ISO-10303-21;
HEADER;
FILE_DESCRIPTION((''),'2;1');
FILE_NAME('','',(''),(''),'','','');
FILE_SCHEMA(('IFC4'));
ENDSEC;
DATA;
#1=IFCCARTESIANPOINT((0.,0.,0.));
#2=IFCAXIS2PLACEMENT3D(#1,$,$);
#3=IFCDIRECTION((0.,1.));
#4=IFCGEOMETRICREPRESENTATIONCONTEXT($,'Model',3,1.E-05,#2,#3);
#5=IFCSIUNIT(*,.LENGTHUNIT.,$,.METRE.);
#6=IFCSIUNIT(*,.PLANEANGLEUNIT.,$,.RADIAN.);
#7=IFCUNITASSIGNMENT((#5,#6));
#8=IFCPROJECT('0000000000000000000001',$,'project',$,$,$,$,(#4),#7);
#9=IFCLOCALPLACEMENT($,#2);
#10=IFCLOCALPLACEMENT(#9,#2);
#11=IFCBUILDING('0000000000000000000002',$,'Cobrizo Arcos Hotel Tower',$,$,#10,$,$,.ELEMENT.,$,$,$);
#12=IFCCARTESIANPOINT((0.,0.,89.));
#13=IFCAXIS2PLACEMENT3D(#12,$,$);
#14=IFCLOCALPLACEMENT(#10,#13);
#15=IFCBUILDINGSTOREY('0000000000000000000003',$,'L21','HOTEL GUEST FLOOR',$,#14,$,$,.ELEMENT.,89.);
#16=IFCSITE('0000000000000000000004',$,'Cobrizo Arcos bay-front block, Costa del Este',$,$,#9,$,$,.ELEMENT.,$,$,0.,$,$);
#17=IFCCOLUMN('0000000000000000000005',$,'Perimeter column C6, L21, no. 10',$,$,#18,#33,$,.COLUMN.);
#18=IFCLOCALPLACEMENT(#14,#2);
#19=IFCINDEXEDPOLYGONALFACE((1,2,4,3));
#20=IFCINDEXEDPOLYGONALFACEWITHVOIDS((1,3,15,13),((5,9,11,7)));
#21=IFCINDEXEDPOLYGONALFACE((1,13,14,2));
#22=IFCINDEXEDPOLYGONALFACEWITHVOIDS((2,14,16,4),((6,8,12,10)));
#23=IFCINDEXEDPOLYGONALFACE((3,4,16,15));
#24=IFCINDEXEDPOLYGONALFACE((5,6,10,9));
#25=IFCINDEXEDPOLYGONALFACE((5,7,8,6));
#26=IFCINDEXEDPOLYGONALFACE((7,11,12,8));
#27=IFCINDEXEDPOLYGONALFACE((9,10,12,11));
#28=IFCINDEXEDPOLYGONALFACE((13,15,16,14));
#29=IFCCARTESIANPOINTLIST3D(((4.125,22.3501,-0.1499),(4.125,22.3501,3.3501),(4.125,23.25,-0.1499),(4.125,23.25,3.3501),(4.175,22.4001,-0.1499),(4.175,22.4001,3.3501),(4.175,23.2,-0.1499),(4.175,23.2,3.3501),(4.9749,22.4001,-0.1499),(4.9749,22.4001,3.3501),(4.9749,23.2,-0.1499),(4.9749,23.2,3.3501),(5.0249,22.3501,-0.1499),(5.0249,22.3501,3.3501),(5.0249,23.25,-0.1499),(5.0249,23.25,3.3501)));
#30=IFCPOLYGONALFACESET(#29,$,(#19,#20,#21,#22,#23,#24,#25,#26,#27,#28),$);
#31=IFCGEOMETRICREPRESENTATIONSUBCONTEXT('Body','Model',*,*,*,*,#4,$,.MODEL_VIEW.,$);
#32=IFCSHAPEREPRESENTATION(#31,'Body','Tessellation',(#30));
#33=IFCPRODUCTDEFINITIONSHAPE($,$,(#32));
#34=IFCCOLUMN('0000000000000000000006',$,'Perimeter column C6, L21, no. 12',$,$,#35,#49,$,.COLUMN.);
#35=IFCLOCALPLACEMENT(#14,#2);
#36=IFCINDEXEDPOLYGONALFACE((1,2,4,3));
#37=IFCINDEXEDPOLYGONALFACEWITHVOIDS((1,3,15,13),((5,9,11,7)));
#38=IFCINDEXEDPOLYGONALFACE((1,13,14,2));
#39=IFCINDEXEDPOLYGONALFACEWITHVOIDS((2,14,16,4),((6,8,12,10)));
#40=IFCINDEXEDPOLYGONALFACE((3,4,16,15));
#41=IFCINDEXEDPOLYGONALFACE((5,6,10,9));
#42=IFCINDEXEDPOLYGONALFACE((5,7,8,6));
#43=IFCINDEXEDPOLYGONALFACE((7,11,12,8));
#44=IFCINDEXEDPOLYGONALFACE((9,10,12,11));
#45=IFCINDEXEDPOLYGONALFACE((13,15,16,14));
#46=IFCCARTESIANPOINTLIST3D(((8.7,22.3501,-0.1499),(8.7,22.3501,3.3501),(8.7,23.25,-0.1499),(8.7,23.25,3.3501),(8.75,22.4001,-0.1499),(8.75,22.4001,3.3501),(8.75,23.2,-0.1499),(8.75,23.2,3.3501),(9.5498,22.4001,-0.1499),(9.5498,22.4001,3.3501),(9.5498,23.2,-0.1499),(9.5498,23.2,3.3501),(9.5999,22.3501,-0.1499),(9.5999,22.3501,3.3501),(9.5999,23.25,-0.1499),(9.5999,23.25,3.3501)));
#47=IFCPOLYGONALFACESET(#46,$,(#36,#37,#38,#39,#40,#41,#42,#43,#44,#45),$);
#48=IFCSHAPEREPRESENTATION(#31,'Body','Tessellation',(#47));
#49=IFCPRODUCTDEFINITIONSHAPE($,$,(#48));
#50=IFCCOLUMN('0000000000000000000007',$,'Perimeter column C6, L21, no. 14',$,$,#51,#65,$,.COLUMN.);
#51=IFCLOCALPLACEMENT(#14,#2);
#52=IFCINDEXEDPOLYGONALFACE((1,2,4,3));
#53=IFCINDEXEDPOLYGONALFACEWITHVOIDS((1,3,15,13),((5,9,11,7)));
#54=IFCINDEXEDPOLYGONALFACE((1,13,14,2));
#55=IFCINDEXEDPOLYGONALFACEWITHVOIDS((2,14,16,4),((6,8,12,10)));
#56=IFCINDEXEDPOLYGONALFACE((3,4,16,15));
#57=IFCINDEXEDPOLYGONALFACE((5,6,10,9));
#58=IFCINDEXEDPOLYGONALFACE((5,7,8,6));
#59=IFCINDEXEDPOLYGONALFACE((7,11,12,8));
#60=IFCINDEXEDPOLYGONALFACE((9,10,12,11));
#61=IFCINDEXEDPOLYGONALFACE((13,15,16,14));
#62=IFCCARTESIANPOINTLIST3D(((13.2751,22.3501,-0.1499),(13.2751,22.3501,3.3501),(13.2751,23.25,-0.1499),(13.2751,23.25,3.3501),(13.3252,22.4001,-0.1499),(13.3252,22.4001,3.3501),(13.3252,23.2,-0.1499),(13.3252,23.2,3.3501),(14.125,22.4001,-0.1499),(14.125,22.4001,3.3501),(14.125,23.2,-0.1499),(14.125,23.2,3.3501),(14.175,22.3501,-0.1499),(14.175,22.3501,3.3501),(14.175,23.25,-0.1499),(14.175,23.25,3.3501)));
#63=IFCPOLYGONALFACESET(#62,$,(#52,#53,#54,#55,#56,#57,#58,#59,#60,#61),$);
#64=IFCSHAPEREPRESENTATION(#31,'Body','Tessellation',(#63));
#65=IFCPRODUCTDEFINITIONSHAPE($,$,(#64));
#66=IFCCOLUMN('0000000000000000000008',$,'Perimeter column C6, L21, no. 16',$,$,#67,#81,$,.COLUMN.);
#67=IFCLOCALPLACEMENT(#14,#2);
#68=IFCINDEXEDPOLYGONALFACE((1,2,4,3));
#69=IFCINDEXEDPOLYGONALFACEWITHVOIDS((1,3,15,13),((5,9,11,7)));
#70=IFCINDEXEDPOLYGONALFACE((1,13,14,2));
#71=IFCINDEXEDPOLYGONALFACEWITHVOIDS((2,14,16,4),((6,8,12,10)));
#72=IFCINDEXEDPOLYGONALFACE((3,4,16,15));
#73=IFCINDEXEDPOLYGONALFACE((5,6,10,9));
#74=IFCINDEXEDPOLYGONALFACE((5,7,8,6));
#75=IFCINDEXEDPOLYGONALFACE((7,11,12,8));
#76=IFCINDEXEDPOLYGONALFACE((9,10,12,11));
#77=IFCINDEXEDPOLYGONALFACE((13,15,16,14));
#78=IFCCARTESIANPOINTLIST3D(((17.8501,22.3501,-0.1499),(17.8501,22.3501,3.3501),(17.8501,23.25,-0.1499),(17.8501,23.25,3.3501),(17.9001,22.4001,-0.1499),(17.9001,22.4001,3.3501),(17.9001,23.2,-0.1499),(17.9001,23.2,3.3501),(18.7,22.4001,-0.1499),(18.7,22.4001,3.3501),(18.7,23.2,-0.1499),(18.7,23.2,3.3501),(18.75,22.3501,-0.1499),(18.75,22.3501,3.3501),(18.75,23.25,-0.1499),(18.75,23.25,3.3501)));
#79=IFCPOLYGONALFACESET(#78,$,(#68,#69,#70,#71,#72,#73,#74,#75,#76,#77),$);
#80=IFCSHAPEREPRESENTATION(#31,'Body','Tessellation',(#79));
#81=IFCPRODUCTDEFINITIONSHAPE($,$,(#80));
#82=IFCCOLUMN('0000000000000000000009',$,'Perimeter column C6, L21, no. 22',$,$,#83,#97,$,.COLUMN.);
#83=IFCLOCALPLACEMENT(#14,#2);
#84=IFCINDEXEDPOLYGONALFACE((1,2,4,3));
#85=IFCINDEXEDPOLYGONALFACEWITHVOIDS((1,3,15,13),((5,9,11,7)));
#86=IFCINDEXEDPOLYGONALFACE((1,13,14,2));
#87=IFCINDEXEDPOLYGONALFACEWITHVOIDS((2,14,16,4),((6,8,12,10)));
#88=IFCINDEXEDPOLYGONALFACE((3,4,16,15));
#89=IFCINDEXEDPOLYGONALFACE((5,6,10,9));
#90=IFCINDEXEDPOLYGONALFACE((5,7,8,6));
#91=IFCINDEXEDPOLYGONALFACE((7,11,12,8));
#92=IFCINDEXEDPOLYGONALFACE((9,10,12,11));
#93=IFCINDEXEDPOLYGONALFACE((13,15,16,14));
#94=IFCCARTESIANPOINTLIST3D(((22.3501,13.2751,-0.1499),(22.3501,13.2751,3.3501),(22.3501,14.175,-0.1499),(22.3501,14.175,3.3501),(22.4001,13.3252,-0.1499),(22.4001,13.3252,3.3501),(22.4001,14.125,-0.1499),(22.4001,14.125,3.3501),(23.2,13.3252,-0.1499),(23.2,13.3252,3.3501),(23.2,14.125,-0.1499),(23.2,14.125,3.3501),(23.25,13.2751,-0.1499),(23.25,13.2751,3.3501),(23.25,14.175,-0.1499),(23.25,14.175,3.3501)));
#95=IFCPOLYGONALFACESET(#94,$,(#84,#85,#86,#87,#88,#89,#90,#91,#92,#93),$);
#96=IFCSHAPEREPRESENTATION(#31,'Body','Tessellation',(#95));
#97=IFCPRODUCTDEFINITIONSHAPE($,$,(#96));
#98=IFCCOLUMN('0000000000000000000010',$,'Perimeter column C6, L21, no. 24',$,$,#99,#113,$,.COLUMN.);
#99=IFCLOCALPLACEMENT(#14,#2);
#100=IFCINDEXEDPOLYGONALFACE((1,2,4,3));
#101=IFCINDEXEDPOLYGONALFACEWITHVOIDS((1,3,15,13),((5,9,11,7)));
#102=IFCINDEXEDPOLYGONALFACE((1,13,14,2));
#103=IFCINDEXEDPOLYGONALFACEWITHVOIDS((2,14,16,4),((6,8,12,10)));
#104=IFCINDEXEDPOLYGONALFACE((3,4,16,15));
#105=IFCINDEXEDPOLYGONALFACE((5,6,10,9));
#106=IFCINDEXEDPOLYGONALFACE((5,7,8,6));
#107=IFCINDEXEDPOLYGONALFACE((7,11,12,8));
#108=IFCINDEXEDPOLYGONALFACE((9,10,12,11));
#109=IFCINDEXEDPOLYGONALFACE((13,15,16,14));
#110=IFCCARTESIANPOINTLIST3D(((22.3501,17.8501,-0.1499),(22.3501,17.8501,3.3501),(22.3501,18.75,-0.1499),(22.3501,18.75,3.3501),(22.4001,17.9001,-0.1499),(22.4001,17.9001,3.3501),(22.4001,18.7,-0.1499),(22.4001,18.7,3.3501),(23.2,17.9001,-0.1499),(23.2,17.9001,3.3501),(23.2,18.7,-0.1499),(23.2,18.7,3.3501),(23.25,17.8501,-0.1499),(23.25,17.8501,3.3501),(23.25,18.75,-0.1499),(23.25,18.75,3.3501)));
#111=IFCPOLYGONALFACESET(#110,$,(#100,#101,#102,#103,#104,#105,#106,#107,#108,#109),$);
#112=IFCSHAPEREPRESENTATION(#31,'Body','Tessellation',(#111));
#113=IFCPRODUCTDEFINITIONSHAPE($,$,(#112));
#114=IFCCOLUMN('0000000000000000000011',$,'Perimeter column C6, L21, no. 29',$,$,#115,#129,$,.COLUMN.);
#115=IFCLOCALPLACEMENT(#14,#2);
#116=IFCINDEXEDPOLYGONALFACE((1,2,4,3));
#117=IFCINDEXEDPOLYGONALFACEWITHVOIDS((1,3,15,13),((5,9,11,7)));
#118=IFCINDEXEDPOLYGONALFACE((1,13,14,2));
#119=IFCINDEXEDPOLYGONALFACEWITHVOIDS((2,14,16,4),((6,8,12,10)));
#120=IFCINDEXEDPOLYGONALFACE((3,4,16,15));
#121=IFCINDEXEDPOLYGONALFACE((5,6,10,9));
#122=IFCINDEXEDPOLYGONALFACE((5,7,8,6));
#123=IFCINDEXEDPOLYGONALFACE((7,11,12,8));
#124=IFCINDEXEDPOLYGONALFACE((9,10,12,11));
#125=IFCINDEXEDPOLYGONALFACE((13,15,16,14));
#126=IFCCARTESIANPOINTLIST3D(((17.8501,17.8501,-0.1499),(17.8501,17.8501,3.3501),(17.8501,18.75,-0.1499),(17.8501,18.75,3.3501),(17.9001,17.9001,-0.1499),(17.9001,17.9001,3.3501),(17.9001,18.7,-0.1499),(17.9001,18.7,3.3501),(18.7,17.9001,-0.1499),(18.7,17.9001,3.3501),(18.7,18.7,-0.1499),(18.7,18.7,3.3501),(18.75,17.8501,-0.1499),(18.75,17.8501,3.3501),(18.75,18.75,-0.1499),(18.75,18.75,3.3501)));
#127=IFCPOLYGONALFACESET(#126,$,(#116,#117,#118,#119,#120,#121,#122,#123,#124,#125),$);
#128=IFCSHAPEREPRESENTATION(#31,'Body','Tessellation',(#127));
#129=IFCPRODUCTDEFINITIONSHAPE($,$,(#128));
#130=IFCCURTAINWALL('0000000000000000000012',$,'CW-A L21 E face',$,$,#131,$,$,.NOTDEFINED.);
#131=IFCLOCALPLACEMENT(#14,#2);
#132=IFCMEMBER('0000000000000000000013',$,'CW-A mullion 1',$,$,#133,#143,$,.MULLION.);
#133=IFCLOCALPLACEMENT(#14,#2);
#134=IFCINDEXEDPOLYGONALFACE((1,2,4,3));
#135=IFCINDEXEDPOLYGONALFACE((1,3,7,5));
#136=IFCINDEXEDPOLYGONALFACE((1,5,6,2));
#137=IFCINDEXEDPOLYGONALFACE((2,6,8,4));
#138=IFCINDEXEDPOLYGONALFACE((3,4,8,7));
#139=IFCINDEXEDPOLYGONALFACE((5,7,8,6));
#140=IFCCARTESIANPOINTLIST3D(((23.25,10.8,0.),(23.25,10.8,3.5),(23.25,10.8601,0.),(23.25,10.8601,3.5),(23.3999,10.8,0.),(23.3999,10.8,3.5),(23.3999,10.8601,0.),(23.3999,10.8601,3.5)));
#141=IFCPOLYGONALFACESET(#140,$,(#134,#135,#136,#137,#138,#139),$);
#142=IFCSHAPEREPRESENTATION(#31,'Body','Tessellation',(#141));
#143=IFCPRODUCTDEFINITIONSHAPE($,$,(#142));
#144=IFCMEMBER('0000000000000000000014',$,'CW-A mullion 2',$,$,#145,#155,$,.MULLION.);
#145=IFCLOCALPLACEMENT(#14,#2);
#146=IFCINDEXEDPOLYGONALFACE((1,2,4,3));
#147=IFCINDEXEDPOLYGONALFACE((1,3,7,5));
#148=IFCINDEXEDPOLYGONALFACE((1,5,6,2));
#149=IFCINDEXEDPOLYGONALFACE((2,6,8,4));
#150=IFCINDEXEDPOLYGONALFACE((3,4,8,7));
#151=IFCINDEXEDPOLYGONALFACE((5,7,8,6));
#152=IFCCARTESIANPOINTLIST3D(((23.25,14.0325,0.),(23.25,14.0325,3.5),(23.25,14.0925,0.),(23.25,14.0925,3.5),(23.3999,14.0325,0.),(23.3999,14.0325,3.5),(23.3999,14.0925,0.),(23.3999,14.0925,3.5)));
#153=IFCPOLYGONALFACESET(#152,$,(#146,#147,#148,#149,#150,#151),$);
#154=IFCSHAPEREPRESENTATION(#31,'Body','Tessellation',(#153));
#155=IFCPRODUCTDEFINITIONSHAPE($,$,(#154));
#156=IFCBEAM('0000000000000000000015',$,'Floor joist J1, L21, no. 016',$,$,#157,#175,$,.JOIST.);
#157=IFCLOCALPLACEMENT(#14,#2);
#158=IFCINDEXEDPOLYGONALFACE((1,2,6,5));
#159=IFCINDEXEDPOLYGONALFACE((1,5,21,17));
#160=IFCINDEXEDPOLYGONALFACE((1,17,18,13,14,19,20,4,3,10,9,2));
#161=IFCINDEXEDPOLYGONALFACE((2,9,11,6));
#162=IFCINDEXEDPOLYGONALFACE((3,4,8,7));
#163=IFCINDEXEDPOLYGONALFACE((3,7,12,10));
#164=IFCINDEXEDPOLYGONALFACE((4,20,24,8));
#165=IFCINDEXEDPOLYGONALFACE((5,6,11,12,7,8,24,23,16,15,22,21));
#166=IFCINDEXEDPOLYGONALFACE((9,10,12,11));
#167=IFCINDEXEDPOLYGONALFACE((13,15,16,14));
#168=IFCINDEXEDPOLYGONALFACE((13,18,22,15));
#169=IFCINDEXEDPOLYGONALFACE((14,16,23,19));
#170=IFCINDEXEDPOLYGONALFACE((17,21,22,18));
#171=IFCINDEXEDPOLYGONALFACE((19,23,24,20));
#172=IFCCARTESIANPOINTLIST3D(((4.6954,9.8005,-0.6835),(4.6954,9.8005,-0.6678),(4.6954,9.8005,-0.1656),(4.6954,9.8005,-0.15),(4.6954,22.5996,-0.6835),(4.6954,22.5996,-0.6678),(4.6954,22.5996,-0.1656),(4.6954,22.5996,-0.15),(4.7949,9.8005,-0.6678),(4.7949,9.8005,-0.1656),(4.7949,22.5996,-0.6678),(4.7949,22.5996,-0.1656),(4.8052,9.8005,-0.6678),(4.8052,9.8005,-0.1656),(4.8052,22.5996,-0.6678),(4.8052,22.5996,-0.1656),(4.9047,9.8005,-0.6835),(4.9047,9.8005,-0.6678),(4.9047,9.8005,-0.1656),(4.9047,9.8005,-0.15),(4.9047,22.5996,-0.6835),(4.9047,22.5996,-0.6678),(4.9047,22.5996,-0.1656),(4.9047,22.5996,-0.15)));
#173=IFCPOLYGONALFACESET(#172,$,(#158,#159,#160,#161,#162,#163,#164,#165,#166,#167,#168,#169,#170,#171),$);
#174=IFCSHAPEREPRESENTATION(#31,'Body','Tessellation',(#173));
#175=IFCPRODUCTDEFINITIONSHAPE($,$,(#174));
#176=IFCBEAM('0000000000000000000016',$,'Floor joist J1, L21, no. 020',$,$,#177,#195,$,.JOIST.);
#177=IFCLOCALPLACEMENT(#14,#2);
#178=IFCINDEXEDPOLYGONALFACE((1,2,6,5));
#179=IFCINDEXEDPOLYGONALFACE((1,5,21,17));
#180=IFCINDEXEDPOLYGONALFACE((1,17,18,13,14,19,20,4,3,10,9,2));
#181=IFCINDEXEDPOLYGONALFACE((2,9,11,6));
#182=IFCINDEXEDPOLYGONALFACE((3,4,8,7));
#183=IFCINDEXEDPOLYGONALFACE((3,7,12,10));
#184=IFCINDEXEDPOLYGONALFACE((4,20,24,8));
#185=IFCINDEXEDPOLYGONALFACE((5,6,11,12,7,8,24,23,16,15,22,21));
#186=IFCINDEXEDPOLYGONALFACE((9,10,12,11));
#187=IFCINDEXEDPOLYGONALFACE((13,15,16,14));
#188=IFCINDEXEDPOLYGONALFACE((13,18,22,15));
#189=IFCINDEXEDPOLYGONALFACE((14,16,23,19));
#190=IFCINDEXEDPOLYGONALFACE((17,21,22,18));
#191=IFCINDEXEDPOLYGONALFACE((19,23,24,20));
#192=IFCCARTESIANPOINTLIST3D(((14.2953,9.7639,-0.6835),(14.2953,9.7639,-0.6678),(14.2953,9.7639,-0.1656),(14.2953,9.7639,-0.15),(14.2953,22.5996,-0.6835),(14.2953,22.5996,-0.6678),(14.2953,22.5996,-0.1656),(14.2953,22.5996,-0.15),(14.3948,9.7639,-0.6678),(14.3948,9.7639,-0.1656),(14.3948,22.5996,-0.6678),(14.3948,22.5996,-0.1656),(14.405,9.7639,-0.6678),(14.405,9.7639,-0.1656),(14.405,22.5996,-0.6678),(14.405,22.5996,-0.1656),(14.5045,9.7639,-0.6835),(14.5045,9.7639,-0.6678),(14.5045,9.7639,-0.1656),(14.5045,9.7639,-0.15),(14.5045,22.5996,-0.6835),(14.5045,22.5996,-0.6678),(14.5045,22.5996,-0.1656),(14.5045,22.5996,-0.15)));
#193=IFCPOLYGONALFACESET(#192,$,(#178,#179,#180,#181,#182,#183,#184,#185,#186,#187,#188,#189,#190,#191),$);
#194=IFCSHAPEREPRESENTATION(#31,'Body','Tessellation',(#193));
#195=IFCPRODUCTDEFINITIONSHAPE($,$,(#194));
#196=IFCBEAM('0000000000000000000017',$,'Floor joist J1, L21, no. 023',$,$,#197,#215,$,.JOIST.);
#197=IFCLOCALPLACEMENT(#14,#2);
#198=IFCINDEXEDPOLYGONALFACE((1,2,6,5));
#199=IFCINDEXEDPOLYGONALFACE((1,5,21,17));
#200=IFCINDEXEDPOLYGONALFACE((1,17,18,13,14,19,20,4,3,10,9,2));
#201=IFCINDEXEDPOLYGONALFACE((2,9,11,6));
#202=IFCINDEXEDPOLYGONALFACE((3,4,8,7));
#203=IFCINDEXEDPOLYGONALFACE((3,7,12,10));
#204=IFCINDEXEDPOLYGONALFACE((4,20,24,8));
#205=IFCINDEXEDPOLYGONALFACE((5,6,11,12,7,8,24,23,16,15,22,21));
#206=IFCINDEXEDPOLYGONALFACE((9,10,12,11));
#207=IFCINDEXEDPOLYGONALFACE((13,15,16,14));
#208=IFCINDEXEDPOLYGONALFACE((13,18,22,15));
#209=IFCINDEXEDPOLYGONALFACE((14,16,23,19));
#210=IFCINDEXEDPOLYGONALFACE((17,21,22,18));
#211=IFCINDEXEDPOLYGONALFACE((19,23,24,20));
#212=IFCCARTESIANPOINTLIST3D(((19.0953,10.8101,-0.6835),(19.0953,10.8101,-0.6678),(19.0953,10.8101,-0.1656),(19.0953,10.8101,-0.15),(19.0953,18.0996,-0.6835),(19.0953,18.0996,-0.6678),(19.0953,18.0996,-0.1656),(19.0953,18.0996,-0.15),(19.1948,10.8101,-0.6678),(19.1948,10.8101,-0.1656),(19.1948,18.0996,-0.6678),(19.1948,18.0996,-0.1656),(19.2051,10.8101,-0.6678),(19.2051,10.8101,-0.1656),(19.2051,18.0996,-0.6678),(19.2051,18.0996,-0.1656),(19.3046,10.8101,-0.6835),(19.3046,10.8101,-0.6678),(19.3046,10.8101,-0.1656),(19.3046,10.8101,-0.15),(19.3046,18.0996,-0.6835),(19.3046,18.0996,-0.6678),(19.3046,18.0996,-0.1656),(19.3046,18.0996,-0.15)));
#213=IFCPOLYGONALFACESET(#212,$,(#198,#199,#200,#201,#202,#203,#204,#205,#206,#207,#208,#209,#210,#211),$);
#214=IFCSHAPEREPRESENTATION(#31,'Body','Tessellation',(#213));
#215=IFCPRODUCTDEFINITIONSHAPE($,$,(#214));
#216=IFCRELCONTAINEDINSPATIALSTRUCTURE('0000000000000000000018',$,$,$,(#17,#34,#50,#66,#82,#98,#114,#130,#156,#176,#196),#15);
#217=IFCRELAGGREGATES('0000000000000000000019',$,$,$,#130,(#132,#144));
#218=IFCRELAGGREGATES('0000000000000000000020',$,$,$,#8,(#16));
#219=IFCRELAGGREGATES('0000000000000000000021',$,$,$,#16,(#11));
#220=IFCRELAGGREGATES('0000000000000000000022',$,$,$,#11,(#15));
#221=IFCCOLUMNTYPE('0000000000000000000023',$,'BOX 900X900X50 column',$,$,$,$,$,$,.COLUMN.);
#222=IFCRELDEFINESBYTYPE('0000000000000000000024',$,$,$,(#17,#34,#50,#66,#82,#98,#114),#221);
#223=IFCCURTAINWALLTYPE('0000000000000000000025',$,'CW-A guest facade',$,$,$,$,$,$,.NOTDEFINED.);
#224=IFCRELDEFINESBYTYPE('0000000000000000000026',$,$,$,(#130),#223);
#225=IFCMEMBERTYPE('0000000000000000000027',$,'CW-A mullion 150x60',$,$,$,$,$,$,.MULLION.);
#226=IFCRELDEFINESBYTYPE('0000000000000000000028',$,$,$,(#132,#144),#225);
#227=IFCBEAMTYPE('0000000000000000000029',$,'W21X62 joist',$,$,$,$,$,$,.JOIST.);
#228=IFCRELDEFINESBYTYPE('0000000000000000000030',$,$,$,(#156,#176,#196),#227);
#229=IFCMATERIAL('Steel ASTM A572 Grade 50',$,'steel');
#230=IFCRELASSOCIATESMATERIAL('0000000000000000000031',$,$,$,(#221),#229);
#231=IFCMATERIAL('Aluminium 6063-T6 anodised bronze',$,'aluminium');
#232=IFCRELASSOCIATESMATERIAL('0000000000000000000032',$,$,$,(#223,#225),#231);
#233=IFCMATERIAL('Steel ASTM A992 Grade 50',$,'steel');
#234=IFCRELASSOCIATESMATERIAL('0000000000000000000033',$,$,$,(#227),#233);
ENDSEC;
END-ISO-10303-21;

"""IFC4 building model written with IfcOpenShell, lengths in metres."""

from ifc_helpers import new_model, si_unit, direction, frame, origin, origin_2d, place, context, subcontext, project, spatial, rectangle, hollow_rectangle, i_section, extrude, material, material_profile, profile_set, type_object, element, aggregate, save


model = new_model("IFC4")

# Units and contexts
model_context = context("Model", 3, precision=1e-05, world=origin(), true_north=direction((0.0, 1.0)))
body_context = subcontext(model_context, "Body", "Model", "MODEL_VIEW")
ifc_project = project(units=[si_unit("LENGTHUNIT", "METRE"), si_unit("PLANEANGLEUNIT", "RADIAN")], contexts=[model_context])

# Site, building, storey
site_placement = place(None, origin())
site = spatial("IfcSite", under=ifc_project, at=site_placement, Name="Cobrizo Arcos bay-front block, Costa del Este", CompositionType="ELEMENT", RefElevation=0.0)
building_placement = place(site_placement, origin())
building = spatial("IfcBuilding", under=site, at=building_placement, Name="Cobrizo Arcos Hotel Tower", CompositionType="ELEMENT")
storey_placement = place(building_placement, frame((0.0, 0.0, 89.0)))
storey = spatial("IfcBuildingStorey", under=building, at=storey_placement, Name="L21", Description="HOTEL GUEST FLOOR", CompositionType="ELEMENT", Elevation=89.0)

# Columns
ifc_material_1 = material(Name="Steel ASTM A572 Grade 50", Category="steel")
ifc_material_profile_1 = material_profile(ifc_material_1, hollow_rectangle(XDim=0.8999, YDim=0.8999, WallThickness=0.05, at=origin_2d()), Name="BOX 900X900X50")
ifc_profile_set_1 = profile_set([ifc_material_profile_1], Name="Steel ASTM A572 Grade 50")
column_type = type_object("IfcColumnType", Name="BOX 900X900X50 column", PredefinedType="COLUMN", material=ifc_profile_set_1)
for number, where, z_axis, x_axis, name in (
    (1, (4.575, 22.8, -0.1499), (0.0, 0.0, 1.0), (1.0, 0.0, 0.0), "Perimeter column C6, L21, no. 10"),
    (2, (9.1499, 22.8, -0.1499), (0.0, 0.0, 1.0), (1.0, 0.0, 0.0), "Perimeter column C6, L21, no. 12"),
    (3, (13.7251, 22.8, -0.1499), (0.0, 0.0, 1.0), (1.0, 0.0, 0.0), "Perimeter column C6, L21, no. 14"),
    (4, (18.3, 22.8, -0.1499), (0.0, 0.0, 1.0), (1.0, 0.0, 0.0), "Perimeter column C6, L21, no. 16"),
    (5, (22.8, 13.7251, -0.1499), (0.0, 0.0, 1.0), (1.0, 0.0, 0.0), "Perimeter column C6, L21, no. 22"),
    (6, (22.8, 18.3, -0.1499), (0.0, 0.0, 1.0), (1.0, 0.0, 0.0), "Perimeter column C6, L21, no. 24"),
    (7, (18.3, 18.3, -0.1499), (0.0, 0.0, 1.0), (1.0, 0.0, 0.0), "Perimeter column C6, L21, no. 29"),
):
    element("IfcColumn", number, at=place(storey_placement, frame(where, z_axis=z_axis, x_axis=x_axis)), inside=storey, type_object=column_type, Name=name, PredefinedType="COLUMN", context=body_context, shape_type="SweptSolid", body=[
        extrude(hollow_rectangle(XDim=0.8999, YDim=0.8999, WallThickness=0.05, at=origin_2d()), origin(), (0.0, 0.0, 1.0), 3.5),
    ])

# Curtain wall, members
ifc_material_2 = material(Name="Aluminium 6063-T6 anodised bronze", Category="aluminium")
curtain_wall_type = type_object("IfcCurtainWallType", Name="CW-A guest facade", PredefinedType="NOTDEFINED", material=ifc_material_2)
curtain_wall_placement = place(storey_placement, origin())
curtain_wall = element("IfcCurtainWall", 8, at=curtain_wall_placement, inside=storey, type_object=curtain_wall_type, Name="CW-A L21 E face", PredefinedType="NOTDEFINED")
ifc_material_profile_2 = material_profile(ifc_material_2, rectangle(XDim=0.1499, YDim=0.0601, at=origin_2d()), Name="CW-A mullion 150x60")
ifc_profile_set_2 = profile_set([ifc_material_profile_2], Name="Aluminium 6063-T6 anodised bronze")
member_type = type_object("IfcMemberType", Name="CW-A mullion 150x60", PredefinedType="MULLION", material=ifc_profile_set_2)
member_1_placement = place(storey_placement, frame((23.325, 10.8301, 0.0), z_axis=(0.0, 0.0, 1.0), x_axis=(1.0, 0.0, 0.0)))
member_1 = element("IfcMember", 9, at=member_1_placement, type_object=member_type, Name="CW-A mullion 1", PredefinedType="MULLION", context=body_context, shape_type="SweptSolid", body=[
    extrude(rectangle(XDim=0.1499, YDim=0.0601, at=origin_2d()), origin(), (0.0, 0.0, 1.0), 3.5),
])
member_2_placement = place(storey_placement, frame((23.325, 14.0625, 0.0), z_axis=(0.0, 0.0, 1.0), x_axis=(1.0, 0.0, 0.0)))
member_2 = element("IfcMember", 10, at=member_2_placement, type_object=member_type, Name="CW-A mullion 2", PredefinedType="MULLION", context=body_context, shape_type="SweptSolid", body=[
    extrude(rectangle(XDim=0.1499, YDim=0.0601, at=origin_2d()), origin(), (0.0, 0.0, 1.0), 3.5),
])

# Beams
ifc_material_3 = material(Name="Steel ASTM A992 Grade 50", Category="steel")
ifc_material_profile_3 = material_profile(ifc_material_3, i_section(OverallWidth=0.2092, OverallDepth=0.5334, WebThickness=0.0103, FlangeThickness=0.0156, at=origin_2d()), Name="W21X62")
ifc_profile_set_3 = profile_set([ifc_material_profile_3], Name="Steel ASTM A992 Grade 50")
beam_type_1 = type_object("IfcBeamType", Name="W21X62 joist", PredefinedType="JOIST", material=ifc_profile_set_3)
beam_1_placement = place(storey_placement, frame((4.8, 9.8005, -0.4167), z_axis=(0.0, 1.0, 0.0), x_axis=(-1.0, 0.0, 0.0)))
element("IfcBeam", 11, at=beam_1_placement, inside=storey, type_object=beam_type_1, Name="Floor joist J1, L21, no. 016", PredefinedType="JOIST", context=body_context, shape_type="SweptSolid", body=[
    extrude(i_section(OverallWidth=0.2092, OverallDepth=0.5334, WebThickness=0.0103, FlangeThickness=0.0156, at=origin_2d()), origin(), (0.0, 0.0, 1.0), 12.7991),
])
beam_2_placement = place(storey_placement, frame((14.3999, 9.7639, -0.4167), z_axis=(0.0, 1.0, 0.0), x_axis=(-1.0, 0.0, 0.0)))
element("IfcBeam", 12, at=beam_2_placement, inside=storey, type_object=beam_type_1, Name="Floor joist J1, L21, no. 020", PredefinedType="JOIST", context=body_context, shape_type="SweptSolid", body=[
    extrude(i_section(OverallWidth=0.2092, OverallDepth=0.5334, WebThickness=0.0103, FlangeThickness=0.0156, at=origin_2d()), origin(), (0.0, 0.0, 1.0), 12.8357),
])
beam_3_placement = place(storey_placement, frame((19.2, 10.8101, -0.4167), z_axis=(0.0, 1.0, 0.0), x_axis=(-1.0, 0.0, 0.0)))
element("IfcBeam", 13, at=beam_3_placement, inside=storey, type_object=beam_type_1, Name="Floor joist J1, L21, no. 023", PredefinedType="JOIST", context=body_context, shape_type="SweptSolid", body=[
    extrude(i_section(OverallWidth=0.2092, OverallDepth=0.5334, WebThickness=0.0103, FlangeThickness=0.0156, at=origin_2d()), origin(), (0.0, 0.0, 1.0), 7.2896),
])

aggregate(curtain_wall, [member_1, member_2])

save(model, "model.ifc")
